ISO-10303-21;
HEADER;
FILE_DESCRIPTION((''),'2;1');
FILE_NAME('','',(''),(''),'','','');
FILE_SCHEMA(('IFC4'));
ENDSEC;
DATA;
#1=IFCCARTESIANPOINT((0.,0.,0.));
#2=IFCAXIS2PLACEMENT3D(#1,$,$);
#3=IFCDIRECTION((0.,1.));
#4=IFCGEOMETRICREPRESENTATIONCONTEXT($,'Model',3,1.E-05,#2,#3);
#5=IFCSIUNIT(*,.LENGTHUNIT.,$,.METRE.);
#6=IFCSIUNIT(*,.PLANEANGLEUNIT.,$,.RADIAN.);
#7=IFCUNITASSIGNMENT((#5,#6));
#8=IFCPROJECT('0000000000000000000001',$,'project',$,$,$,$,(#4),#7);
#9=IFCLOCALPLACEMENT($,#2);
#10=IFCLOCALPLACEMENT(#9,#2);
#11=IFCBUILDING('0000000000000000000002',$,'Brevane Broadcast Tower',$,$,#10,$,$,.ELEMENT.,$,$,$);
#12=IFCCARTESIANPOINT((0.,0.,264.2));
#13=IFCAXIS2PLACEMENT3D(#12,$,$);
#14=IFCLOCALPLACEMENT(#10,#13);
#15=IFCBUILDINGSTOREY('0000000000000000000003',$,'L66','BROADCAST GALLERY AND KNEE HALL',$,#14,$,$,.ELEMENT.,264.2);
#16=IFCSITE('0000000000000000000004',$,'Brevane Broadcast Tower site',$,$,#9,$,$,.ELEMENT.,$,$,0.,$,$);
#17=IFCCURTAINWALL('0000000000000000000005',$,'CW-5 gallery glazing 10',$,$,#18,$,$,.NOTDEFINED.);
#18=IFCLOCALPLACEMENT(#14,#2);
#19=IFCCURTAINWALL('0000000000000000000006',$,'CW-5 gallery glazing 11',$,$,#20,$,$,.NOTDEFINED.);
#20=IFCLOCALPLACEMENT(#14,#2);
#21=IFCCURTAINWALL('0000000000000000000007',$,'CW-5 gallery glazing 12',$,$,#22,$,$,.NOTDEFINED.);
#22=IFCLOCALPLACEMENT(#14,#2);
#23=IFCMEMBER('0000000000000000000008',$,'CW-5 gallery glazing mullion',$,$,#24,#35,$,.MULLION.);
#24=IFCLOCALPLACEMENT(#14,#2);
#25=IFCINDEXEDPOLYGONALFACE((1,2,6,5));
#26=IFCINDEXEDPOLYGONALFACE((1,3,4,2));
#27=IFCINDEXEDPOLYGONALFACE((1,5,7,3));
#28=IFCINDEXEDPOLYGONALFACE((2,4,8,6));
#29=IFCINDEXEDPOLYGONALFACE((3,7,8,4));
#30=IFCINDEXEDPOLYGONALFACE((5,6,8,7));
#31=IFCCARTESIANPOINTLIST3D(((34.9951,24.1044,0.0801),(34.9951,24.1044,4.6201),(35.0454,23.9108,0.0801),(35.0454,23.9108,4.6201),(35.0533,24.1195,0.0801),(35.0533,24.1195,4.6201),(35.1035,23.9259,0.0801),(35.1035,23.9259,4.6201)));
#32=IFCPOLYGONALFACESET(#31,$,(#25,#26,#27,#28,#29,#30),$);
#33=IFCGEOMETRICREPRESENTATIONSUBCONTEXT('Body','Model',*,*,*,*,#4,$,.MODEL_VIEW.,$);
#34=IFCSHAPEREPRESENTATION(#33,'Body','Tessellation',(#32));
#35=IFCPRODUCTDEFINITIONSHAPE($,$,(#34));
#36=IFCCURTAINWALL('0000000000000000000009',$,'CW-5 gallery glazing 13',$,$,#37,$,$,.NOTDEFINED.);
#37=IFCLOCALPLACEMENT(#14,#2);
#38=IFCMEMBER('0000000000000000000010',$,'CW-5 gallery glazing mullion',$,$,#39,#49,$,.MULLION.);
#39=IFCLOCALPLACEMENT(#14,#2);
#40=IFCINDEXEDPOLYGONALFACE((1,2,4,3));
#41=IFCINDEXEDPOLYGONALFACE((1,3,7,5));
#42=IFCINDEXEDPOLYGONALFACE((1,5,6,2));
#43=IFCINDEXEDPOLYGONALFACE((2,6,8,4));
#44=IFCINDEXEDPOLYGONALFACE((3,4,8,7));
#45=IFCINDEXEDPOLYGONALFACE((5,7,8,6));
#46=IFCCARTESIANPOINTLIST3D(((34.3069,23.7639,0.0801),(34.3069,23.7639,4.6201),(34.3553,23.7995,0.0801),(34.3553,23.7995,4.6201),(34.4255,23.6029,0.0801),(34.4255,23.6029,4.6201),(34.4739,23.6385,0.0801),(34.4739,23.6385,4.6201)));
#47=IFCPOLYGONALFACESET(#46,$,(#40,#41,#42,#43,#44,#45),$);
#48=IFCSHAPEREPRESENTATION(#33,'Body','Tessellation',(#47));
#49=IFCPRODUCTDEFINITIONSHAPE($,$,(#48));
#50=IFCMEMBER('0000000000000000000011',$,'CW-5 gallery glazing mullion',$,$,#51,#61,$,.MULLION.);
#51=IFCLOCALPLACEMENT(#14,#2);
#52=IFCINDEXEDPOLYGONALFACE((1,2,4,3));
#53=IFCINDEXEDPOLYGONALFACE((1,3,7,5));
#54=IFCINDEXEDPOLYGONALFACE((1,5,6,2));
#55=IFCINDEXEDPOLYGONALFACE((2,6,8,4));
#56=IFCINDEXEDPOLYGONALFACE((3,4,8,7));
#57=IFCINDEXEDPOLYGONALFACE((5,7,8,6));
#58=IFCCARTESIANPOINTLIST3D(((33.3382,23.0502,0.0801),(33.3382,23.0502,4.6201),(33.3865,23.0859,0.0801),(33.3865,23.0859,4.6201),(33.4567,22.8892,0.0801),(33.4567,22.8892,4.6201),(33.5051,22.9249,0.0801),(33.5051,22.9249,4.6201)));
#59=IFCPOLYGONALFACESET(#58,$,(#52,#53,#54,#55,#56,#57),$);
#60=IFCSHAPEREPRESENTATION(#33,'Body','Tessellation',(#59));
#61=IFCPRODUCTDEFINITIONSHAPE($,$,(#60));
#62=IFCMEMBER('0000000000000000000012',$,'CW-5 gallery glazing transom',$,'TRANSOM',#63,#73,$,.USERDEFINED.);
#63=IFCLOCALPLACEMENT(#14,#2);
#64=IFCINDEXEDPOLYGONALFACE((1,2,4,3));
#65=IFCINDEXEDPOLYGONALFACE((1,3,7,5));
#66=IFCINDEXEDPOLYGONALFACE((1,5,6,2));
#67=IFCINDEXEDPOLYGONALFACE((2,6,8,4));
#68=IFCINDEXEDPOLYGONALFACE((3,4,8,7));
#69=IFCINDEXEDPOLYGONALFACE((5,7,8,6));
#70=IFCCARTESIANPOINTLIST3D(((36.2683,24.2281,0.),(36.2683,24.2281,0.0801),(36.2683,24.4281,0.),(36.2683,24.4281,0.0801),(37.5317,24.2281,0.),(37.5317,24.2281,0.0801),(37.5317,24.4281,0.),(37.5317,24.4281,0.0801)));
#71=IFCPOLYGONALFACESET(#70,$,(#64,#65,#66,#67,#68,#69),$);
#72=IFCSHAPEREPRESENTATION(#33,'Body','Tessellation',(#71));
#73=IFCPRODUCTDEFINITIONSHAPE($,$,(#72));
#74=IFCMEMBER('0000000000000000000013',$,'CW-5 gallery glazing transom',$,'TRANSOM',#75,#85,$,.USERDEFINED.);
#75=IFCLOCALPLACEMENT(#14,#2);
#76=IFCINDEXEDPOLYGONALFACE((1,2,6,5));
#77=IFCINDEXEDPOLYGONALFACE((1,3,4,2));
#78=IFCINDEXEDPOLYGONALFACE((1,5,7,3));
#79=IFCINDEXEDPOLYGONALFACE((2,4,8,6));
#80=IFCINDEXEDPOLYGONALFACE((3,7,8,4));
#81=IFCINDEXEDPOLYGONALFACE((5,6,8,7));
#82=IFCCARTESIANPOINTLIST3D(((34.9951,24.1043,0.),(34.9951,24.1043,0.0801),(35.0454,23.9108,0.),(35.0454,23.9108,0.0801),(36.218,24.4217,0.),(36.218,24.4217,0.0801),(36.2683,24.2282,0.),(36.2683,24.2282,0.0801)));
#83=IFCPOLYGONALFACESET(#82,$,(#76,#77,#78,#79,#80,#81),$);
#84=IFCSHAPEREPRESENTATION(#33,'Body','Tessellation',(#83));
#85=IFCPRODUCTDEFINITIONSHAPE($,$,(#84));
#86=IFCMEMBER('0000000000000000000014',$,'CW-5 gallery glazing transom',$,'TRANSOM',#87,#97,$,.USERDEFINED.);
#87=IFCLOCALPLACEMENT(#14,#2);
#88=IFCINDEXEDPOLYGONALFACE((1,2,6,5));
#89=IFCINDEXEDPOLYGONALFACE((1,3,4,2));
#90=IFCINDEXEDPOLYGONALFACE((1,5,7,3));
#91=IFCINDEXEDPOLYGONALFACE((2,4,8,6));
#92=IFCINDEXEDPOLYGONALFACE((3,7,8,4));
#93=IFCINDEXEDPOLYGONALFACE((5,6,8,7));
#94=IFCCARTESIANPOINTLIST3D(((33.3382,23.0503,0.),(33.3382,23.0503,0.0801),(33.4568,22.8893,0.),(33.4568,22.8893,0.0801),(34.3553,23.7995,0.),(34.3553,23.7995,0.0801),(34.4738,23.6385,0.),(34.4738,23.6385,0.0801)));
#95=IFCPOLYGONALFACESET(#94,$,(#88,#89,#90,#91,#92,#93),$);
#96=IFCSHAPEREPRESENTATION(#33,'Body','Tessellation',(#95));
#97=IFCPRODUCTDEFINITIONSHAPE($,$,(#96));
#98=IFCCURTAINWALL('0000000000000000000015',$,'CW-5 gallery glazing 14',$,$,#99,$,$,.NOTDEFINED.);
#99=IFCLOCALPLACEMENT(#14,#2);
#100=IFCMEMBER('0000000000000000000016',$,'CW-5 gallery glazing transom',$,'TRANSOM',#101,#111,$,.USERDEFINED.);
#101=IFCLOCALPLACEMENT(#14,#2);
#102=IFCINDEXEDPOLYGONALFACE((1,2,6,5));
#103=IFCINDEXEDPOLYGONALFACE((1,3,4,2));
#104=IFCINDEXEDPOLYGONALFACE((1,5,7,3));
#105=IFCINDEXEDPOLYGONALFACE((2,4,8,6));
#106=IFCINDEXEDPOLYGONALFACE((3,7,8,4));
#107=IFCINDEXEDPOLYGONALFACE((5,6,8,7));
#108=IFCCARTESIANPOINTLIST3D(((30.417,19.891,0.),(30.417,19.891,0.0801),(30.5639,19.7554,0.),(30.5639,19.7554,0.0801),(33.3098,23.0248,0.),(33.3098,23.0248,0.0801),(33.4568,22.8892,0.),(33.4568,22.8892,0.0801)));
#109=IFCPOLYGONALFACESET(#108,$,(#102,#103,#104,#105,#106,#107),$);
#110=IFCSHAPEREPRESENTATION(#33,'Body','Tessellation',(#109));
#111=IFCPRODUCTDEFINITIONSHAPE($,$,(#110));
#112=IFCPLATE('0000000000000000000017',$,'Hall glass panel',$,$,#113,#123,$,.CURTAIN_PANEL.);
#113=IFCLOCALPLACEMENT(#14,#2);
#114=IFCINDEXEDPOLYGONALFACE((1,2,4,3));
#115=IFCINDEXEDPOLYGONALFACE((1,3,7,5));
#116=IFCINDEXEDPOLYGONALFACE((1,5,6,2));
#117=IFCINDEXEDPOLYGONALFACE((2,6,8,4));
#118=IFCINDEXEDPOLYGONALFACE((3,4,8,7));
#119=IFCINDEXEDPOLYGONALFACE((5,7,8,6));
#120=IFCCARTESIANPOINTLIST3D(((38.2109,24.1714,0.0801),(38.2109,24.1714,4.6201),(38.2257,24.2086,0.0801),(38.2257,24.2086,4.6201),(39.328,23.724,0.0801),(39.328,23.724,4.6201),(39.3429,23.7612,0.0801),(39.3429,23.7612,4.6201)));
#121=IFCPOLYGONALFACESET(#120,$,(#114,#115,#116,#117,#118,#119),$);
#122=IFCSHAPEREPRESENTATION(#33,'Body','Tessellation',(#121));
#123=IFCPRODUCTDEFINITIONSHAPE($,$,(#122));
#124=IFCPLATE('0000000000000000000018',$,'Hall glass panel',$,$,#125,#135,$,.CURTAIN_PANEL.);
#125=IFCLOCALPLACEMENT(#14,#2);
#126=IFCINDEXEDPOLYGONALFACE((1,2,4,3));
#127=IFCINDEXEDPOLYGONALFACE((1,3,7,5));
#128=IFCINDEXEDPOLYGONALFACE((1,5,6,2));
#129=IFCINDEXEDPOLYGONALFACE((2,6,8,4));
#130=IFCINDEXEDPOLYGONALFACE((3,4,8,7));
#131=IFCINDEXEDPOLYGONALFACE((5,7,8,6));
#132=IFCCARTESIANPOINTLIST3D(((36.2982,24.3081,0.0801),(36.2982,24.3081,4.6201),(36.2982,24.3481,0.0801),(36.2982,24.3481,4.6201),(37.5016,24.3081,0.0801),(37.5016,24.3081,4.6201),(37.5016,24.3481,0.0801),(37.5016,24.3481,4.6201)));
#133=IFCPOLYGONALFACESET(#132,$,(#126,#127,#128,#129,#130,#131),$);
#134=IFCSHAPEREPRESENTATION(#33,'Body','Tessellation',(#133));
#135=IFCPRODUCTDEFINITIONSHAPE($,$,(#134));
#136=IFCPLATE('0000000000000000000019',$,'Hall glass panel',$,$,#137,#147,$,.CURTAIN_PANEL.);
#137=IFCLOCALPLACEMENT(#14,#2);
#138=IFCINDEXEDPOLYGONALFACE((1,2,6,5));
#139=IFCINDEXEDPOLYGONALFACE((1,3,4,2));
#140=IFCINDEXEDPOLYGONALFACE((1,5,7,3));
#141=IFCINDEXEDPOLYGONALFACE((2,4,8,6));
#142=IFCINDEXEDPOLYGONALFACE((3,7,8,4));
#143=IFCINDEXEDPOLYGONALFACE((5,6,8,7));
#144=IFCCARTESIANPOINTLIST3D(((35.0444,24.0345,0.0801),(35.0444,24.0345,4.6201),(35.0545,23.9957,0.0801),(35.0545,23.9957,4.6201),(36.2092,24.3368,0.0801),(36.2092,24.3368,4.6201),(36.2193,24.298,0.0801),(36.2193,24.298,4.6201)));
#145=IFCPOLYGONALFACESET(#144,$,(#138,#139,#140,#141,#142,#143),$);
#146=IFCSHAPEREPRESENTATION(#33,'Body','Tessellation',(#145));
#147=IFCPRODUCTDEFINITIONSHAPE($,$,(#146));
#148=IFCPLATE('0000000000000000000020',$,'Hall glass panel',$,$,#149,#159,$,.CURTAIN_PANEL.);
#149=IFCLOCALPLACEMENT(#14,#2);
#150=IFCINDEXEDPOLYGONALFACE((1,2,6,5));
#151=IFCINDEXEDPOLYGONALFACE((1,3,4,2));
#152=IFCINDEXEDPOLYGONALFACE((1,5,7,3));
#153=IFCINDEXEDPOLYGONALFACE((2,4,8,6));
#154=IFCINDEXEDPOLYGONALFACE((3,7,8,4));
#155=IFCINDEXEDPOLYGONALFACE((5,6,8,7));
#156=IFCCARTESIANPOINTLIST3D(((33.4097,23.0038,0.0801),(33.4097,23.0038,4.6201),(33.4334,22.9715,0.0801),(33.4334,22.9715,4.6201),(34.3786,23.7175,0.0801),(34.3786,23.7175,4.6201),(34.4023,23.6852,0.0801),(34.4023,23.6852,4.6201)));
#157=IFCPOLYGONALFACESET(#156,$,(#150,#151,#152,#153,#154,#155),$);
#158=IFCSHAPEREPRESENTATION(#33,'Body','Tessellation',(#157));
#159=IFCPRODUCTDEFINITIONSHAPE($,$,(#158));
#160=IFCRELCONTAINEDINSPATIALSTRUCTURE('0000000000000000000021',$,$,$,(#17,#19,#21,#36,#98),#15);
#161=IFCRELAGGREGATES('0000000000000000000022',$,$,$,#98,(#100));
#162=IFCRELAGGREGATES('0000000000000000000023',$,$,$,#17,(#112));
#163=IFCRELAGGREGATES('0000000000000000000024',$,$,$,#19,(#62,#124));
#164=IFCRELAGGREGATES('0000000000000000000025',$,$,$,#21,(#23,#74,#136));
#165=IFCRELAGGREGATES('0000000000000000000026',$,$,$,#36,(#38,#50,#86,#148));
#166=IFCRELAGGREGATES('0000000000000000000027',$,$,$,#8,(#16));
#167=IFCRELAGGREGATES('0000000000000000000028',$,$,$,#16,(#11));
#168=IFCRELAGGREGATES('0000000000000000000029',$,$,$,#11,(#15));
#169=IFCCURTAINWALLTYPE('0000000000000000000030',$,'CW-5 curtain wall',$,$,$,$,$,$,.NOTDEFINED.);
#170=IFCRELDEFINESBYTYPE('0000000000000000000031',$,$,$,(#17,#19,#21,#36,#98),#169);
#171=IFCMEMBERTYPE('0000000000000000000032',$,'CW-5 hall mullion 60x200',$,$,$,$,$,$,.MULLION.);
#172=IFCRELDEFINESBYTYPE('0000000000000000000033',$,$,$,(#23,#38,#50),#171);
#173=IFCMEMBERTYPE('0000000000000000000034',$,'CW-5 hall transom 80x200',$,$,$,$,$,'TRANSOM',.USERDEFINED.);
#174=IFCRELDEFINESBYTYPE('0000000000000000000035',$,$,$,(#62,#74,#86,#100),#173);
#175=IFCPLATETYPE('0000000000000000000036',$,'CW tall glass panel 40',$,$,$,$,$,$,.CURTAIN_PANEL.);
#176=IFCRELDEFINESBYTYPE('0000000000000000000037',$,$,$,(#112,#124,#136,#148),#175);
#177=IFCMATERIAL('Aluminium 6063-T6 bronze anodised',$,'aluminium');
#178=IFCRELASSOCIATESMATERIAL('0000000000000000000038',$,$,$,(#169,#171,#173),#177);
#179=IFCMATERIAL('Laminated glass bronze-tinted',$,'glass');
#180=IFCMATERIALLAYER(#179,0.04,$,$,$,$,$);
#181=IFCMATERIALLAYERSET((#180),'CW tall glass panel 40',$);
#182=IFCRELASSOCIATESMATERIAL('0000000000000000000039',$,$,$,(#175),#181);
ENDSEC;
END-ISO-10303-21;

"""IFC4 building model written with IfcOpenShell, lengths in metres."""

from ifc_helpers import new_model, si_unit, direction, frame, origin, origin_2d, place, context, subcontext, project, spatial, rectangle, extrude, material, layer, layer_set, material_profile, profile_set, type_object, element, aggregate, save


model = new_model("IFC4")

# Units and contexts
model_context = context("Model", 3, precision=1e-05, world=origin(), true_north=direction((0.0, 1.0)))
body_context = subcontext(model_context, "Body", "Model", "MODEL_VIEW")
ifc_project = project(units=[si_unit("LENGTHUNIT", "METRE"), si_unit("PLANEANGLEUNIT", "RADIAN")], contexts=[model_context])

# Site, building, storey
site_placement = place(None, origin())
site = spatial("IfcSite", under=ifc_project, at=site_placement, Name="Brevane Broadcast Tower site", CompositionType="ELEMENT", RefElevation=0.0)
building_placement = place(site_placement, origin())
building = spatial("IfcBuilding", under=site, at=building_placement, Name="Brevane Broadcast Tower", CompositionType="ELEMENT")
storey_placement = place(building_placement, frame((0.0, 0.0, 264.2)))
storey = spatial("IfcBuildingStorey", under=building, at=storey_placement, Name="L66", Description="BROADCAST GALLERY AND KNEE HALL", CompositionType="ELEMENT", Elevation=264.2)

# Curtain wall
ifc_material_1 = material(Name="Aluminium 6063-T6 bronze anodised", Category="aluminium")
curtain_wall_type = type_object("IfcCurtainWallType", Name="CW-5 curtain wall", PredefinedType="NOTDEFINED", material=ifc_material_1)
curtain_wall_1_placement = place(storey_placement, origin())
curtain_wall_1 = element("IfcCurtainWall", 1, at=curtain_wall_1_placement, inside=storey, type_object=curtain_wall_type, Name="CW-5 gallery glazing 10", PredefinedType="NOTDEFINED")
ifc_material_profile_1 = material_profile(ifc_material_1, rectangle(XDim=0.2, YDim=0.0601, at=origin_2d()), Name="RECT 60x200")
ifc_profile_set_1 = profile_set([ifc_material_profile_1], Name="Aluminium 6063-T6 bronze anodised")
member_type_1 = type_object("IfcMemberType", Name="CW-5 hall mullion 60x200", PredefinedType="MULLION", material=ifc_profile_set_1)

# Curtain wall
curtain_wall_2_placement = place(storey_placement, origin())
curtain_wall_2 = element("IfcCurtainWall", 2, at=curtain_wall_2_placement, inside=storey, type_object=curtain_wall_type, Name="CW-5 gallery glazing 11", PredefinedType="NOTDEFINED")

# Curtain wall, member
curtain_wall_3_placement = place(storey_placement, origin())
curtain_wall_3 = element("IfcCurtainWall", 3, at=curtain_wall_3_placement, inside=storey, type_object=curtain_wall_type, Name="CW-5 gallery glazing 12", PredefinedType="NOTDEFINED")
member_1_placement = place(storey_placement, frame((35.0493, 24.0151, 0.0801), z_axis=(0.0, 0.0, 1.0), x_axis=(0.251233, -0.967927, 0.0)))
member_1 = element("IfcMember", 4, at=member_1_placement, type_object=member_type_1, Name="CW-5 gallery glazing mullion", PredefinedType="MULLION", context=body_context, shape_type="SweptSolid", body=[
    extrude(rectangle(XDim=0.2, YDim=0.0601, at=origin_2d()), origin(), (0.0, 0.0, 1.0), 4.54),
])

# Curtain wall, members
curtain_wall_4_placement = place(storey_placement, origin())
curtain_wall_4 = element("IfcCurtainWall", 5, at=curtain_wall_4_placement, inside=storey, type_object=curtain_wall_type, Name="CW-5 gallery glazing 13", PredefinedType="NOTDEFINED")
member_2_placement = place(storey_placement, frame((34.3904, 23.7012, 0.0801), z_axis=(0.0, 0.0, 1.0), x_axis=(0.593085, -0.80514, 0.0)))
member_2 = element("IfcMember", 6, at=member_2_placement, type_object=member_type_1, Name="CW-5 gallery glazing mullion", PredefinedType="MULLION", context=body_context, shape_type="SweptSolid", body=[
    extrude(rectangle(XDim=0.2, YDim=0.0601, at=origin_2d()), origin(), (0.0, 0.0, 1.0), 4.54),
])
member_3_placement = place(storey_placement, frame((33.4216, 22.9875, 0.0801), z_axis=(0.0, 0.0, 1.0), x_axis=(0.593085, -0.80514, 0.0)))
member_3 = element("IfcMember", 7, at=member_3_placement, type_object=member_type_1, Name="CW-5 gallery glazing mullion", PredefinedType="MULLION", context=body_context, shape_type="SweptSolid", body=[
    extrude(rectangle(XDim=0.2, YDim=0.0601, at=origin_2d()), origin(), (0.0, 0.0, 1.0), 4.54),
])

# Members
ifc_material_profile_2 = material_profile(ifc_material_1, rectangle(XDim=0.2, YDim=0.0801, at=origin_2d()), Name="RECT 80x200")
ifc_profile_set_2 = profile_set([ifc_material_profile_2], Name="Aluminium 6063-T6 bronze anodised")
member_type_2 = type_object("IfcMemberType", Name="CW-5 hall transom 80x200", ElementType="TRANSOM", PredefinedType="USERDEFINED", material=ifc_profile_set_2)
member_4_placement = place(storey_placement, frame((37.5317, 24.3281, 0.04), z_axis=(-1.0, 0.0, 0.0), x_axis=(0.0, -1.0, 0.0)))
member_4 = element("IfcMember", 8, at=member_4_placement, type_object=member_type_2, Name="CW-5 gallery glazing transom", ObjectType="TRANSOM", PredefinedType="USERDEFINED", context=body_context, shape_type="SweptSolid", body=[
    extrude(rectangle(XDim=0.2, YDim=0.0801, at=origin_2d()), origin(), (0.0, 0.0, 1.0), 1.2634),
])
member_5_placement = place(storey_placement, frame((36.2432, 24.325, 0.04), z_axis=(-0.967933, -0.25121, 0.0), x_axis=(0.25121, -0.967933, 0.0)))
member_5 = element("IfcMember", 9, at=member_5_placement, type_object=member_type_2, Name="CW-5 gallery glazing transom", ObjectType="TRANSOM", PredefinedType="USERDEFINED", context=body_context, shape_type="SweptSolid", body=[
    extrude(rectangle(XDim=0.2, YDim=0.0801, at=origin_2d()), origin(), (0.0, 0.0, 1.0), 1.2634),
])
member_6_placement = place(storey_placement, frame((34.4146, 23.719, 0.04), z_axis=(-0.805119, -0.593113, 0.0), x_axis=(0.593113, -0.805119, 0.0)))
member_6 = element("IfcMember", 10, at=member_6_placement, type_object=member_type_2, Name="CW-5 gallery glazing transom", ObjectType="TRANSOM", PredefinedType="USERDEFINED", context=body_context, shape_type="SweptSolid", body=[
    extrude(rectangle(XDim=0.2, YDim=0.0801, at=origin_2d()), origin(), (0.0, 0.0, 1.0), 1.2632),
])

# Curtain wall, member
curtain_wall_5_placement = place(storey_placement, origin())
curtain_wall_5 = element("IfcCurtainWall", 11, at=curtain_wall_5_placement, inside=storey, type_object=curtain_wall_type, Name="CW-5 gallery glazing 14", PredefinedType="NOTDEFINED")
member_7_placement = place(storey_placement, frame((33.3833, 22.957, 0.04), z_axis=(-0.678292, -0.734792, 0.0), x_axis=(0.734792, -0.678292, 0.0)))
member_7 = element("IfcMember", 12, at=member_7_placement, type_object=member_type_2, Name="CW-5 gallery glazing transom", ObjectType="TRANSOM", PredefinedType="USERDEFINED", context=body_context, shape_type="SweptSolid", body=[
    extrude(rectangle(XDim=0.2, YDim=0.0801, at=origin_2d()), origin(), (0.0, 0.0, 1.0), 4.2649),
])
aggregate(curtain_wall_5, [member_7])

# Plates
ifc_material_2 = material(Name="Laminated glass bronze-tinted", Category="glass")
ifc_layer_1 = layer(ifc_material_2, 0.04)
ifc_layer_set_1 = layer_set([ifc_layer_1], Name="CW tall glass panel 40")
plate_type = type_object("IfcPlateType", Name="CW tall glass panel 40", PredefinedType="CURTAIN_PANEL", material=ifc_layer_set_1)
plate_1_placement = place(storey_placement, frame((38.7769, 23.9663, 0.0801), z_axis=(0.0, 0.0, 1.0), x_axis=(-0.928319, 0.371784, 0.0)))
plate_1 = element("IfcPlate", 13, at=plate_1_placement, type_object=plate_type, Name="Hall glass panel", PredefinedType="CURTAIN_PANEL", context=body_context, shape_type="SweptSolid", body=[
    extrude(rectangle(XDim=1.2034, YDim=0.04, at=origin_2d()), origin(), (0.0, 0.0, 1.0), 4.54),
])
aggregate(curtain_wall_1, [plate_1])
plate_2_placement = place(storey_placement, frame((36.8999, 24.3281, 0.0801), z_axis=(0.0, 0.0, 1.0), x_axis=(-1.0, 0.0, 0.0)))
plate_2 = element("IfcPlate", 14, at=plate_2_placement, type_object=plate_type, Name="Hall glass panel", PredefinedType="CURTAIN_PANEL", context=body_context, shape_type="SweptSolid", body=[
    extrude(rectangle(XDim=1.2034, YDim=0.04, at=origin_2d()), origin(), (0.0, 0.0, 1.0), 4.54),
])
aggregate(curtain_wall_2, [member_4, plate_2])
plate_3_placement = place(storey_placement, frame((35.6318, 24.1663, 0.0801), z_axis=(0.0, 0.0, 1.0), x_axis=(-0.967927, -0.251233, 0.0)))
plate_3 = element("IfcPlate", 15, at=plate_3_placement, type_object=plate_type, Name="Hall glass panel", PredefinedType="CURTAIN_PANEL", context=body_context, shape_type="SweptSolid", body=[
    extrude(rectangle(XDim=1.2034, YDim=0.04, at=origin_2d()), origin(), (0.0, 0.0, 1.0), 4.54),
])
aggregate(curtain_wall_3, [member_1, member_5, plate_3])
plate_4_placement = place(storey_placement, frame((33.906, 23.3445, 0.0801), z_axis=(0.0, 0.0, 1.0), x_axis=(-0.80514, -0.593085, 0.0)))
plate_4 = element("IfcPlate", 16, at=plate_4_placement, type_object=plate_type, Name="Hall glass panel", PredefinedType="CURTAIN_PANEL", context=body_context, shape_type="SweptSolid", body=[
    extrude(rectangle(XDim=1.2034, YDim=0.04, at=origin_2d()), origin(), (0.0, 0.0, 1.0), 4.54),
])
aggregate(curtain_wall_4, [member_2, member_3, member_6, plate_4])

save(model, "model.ifc")
